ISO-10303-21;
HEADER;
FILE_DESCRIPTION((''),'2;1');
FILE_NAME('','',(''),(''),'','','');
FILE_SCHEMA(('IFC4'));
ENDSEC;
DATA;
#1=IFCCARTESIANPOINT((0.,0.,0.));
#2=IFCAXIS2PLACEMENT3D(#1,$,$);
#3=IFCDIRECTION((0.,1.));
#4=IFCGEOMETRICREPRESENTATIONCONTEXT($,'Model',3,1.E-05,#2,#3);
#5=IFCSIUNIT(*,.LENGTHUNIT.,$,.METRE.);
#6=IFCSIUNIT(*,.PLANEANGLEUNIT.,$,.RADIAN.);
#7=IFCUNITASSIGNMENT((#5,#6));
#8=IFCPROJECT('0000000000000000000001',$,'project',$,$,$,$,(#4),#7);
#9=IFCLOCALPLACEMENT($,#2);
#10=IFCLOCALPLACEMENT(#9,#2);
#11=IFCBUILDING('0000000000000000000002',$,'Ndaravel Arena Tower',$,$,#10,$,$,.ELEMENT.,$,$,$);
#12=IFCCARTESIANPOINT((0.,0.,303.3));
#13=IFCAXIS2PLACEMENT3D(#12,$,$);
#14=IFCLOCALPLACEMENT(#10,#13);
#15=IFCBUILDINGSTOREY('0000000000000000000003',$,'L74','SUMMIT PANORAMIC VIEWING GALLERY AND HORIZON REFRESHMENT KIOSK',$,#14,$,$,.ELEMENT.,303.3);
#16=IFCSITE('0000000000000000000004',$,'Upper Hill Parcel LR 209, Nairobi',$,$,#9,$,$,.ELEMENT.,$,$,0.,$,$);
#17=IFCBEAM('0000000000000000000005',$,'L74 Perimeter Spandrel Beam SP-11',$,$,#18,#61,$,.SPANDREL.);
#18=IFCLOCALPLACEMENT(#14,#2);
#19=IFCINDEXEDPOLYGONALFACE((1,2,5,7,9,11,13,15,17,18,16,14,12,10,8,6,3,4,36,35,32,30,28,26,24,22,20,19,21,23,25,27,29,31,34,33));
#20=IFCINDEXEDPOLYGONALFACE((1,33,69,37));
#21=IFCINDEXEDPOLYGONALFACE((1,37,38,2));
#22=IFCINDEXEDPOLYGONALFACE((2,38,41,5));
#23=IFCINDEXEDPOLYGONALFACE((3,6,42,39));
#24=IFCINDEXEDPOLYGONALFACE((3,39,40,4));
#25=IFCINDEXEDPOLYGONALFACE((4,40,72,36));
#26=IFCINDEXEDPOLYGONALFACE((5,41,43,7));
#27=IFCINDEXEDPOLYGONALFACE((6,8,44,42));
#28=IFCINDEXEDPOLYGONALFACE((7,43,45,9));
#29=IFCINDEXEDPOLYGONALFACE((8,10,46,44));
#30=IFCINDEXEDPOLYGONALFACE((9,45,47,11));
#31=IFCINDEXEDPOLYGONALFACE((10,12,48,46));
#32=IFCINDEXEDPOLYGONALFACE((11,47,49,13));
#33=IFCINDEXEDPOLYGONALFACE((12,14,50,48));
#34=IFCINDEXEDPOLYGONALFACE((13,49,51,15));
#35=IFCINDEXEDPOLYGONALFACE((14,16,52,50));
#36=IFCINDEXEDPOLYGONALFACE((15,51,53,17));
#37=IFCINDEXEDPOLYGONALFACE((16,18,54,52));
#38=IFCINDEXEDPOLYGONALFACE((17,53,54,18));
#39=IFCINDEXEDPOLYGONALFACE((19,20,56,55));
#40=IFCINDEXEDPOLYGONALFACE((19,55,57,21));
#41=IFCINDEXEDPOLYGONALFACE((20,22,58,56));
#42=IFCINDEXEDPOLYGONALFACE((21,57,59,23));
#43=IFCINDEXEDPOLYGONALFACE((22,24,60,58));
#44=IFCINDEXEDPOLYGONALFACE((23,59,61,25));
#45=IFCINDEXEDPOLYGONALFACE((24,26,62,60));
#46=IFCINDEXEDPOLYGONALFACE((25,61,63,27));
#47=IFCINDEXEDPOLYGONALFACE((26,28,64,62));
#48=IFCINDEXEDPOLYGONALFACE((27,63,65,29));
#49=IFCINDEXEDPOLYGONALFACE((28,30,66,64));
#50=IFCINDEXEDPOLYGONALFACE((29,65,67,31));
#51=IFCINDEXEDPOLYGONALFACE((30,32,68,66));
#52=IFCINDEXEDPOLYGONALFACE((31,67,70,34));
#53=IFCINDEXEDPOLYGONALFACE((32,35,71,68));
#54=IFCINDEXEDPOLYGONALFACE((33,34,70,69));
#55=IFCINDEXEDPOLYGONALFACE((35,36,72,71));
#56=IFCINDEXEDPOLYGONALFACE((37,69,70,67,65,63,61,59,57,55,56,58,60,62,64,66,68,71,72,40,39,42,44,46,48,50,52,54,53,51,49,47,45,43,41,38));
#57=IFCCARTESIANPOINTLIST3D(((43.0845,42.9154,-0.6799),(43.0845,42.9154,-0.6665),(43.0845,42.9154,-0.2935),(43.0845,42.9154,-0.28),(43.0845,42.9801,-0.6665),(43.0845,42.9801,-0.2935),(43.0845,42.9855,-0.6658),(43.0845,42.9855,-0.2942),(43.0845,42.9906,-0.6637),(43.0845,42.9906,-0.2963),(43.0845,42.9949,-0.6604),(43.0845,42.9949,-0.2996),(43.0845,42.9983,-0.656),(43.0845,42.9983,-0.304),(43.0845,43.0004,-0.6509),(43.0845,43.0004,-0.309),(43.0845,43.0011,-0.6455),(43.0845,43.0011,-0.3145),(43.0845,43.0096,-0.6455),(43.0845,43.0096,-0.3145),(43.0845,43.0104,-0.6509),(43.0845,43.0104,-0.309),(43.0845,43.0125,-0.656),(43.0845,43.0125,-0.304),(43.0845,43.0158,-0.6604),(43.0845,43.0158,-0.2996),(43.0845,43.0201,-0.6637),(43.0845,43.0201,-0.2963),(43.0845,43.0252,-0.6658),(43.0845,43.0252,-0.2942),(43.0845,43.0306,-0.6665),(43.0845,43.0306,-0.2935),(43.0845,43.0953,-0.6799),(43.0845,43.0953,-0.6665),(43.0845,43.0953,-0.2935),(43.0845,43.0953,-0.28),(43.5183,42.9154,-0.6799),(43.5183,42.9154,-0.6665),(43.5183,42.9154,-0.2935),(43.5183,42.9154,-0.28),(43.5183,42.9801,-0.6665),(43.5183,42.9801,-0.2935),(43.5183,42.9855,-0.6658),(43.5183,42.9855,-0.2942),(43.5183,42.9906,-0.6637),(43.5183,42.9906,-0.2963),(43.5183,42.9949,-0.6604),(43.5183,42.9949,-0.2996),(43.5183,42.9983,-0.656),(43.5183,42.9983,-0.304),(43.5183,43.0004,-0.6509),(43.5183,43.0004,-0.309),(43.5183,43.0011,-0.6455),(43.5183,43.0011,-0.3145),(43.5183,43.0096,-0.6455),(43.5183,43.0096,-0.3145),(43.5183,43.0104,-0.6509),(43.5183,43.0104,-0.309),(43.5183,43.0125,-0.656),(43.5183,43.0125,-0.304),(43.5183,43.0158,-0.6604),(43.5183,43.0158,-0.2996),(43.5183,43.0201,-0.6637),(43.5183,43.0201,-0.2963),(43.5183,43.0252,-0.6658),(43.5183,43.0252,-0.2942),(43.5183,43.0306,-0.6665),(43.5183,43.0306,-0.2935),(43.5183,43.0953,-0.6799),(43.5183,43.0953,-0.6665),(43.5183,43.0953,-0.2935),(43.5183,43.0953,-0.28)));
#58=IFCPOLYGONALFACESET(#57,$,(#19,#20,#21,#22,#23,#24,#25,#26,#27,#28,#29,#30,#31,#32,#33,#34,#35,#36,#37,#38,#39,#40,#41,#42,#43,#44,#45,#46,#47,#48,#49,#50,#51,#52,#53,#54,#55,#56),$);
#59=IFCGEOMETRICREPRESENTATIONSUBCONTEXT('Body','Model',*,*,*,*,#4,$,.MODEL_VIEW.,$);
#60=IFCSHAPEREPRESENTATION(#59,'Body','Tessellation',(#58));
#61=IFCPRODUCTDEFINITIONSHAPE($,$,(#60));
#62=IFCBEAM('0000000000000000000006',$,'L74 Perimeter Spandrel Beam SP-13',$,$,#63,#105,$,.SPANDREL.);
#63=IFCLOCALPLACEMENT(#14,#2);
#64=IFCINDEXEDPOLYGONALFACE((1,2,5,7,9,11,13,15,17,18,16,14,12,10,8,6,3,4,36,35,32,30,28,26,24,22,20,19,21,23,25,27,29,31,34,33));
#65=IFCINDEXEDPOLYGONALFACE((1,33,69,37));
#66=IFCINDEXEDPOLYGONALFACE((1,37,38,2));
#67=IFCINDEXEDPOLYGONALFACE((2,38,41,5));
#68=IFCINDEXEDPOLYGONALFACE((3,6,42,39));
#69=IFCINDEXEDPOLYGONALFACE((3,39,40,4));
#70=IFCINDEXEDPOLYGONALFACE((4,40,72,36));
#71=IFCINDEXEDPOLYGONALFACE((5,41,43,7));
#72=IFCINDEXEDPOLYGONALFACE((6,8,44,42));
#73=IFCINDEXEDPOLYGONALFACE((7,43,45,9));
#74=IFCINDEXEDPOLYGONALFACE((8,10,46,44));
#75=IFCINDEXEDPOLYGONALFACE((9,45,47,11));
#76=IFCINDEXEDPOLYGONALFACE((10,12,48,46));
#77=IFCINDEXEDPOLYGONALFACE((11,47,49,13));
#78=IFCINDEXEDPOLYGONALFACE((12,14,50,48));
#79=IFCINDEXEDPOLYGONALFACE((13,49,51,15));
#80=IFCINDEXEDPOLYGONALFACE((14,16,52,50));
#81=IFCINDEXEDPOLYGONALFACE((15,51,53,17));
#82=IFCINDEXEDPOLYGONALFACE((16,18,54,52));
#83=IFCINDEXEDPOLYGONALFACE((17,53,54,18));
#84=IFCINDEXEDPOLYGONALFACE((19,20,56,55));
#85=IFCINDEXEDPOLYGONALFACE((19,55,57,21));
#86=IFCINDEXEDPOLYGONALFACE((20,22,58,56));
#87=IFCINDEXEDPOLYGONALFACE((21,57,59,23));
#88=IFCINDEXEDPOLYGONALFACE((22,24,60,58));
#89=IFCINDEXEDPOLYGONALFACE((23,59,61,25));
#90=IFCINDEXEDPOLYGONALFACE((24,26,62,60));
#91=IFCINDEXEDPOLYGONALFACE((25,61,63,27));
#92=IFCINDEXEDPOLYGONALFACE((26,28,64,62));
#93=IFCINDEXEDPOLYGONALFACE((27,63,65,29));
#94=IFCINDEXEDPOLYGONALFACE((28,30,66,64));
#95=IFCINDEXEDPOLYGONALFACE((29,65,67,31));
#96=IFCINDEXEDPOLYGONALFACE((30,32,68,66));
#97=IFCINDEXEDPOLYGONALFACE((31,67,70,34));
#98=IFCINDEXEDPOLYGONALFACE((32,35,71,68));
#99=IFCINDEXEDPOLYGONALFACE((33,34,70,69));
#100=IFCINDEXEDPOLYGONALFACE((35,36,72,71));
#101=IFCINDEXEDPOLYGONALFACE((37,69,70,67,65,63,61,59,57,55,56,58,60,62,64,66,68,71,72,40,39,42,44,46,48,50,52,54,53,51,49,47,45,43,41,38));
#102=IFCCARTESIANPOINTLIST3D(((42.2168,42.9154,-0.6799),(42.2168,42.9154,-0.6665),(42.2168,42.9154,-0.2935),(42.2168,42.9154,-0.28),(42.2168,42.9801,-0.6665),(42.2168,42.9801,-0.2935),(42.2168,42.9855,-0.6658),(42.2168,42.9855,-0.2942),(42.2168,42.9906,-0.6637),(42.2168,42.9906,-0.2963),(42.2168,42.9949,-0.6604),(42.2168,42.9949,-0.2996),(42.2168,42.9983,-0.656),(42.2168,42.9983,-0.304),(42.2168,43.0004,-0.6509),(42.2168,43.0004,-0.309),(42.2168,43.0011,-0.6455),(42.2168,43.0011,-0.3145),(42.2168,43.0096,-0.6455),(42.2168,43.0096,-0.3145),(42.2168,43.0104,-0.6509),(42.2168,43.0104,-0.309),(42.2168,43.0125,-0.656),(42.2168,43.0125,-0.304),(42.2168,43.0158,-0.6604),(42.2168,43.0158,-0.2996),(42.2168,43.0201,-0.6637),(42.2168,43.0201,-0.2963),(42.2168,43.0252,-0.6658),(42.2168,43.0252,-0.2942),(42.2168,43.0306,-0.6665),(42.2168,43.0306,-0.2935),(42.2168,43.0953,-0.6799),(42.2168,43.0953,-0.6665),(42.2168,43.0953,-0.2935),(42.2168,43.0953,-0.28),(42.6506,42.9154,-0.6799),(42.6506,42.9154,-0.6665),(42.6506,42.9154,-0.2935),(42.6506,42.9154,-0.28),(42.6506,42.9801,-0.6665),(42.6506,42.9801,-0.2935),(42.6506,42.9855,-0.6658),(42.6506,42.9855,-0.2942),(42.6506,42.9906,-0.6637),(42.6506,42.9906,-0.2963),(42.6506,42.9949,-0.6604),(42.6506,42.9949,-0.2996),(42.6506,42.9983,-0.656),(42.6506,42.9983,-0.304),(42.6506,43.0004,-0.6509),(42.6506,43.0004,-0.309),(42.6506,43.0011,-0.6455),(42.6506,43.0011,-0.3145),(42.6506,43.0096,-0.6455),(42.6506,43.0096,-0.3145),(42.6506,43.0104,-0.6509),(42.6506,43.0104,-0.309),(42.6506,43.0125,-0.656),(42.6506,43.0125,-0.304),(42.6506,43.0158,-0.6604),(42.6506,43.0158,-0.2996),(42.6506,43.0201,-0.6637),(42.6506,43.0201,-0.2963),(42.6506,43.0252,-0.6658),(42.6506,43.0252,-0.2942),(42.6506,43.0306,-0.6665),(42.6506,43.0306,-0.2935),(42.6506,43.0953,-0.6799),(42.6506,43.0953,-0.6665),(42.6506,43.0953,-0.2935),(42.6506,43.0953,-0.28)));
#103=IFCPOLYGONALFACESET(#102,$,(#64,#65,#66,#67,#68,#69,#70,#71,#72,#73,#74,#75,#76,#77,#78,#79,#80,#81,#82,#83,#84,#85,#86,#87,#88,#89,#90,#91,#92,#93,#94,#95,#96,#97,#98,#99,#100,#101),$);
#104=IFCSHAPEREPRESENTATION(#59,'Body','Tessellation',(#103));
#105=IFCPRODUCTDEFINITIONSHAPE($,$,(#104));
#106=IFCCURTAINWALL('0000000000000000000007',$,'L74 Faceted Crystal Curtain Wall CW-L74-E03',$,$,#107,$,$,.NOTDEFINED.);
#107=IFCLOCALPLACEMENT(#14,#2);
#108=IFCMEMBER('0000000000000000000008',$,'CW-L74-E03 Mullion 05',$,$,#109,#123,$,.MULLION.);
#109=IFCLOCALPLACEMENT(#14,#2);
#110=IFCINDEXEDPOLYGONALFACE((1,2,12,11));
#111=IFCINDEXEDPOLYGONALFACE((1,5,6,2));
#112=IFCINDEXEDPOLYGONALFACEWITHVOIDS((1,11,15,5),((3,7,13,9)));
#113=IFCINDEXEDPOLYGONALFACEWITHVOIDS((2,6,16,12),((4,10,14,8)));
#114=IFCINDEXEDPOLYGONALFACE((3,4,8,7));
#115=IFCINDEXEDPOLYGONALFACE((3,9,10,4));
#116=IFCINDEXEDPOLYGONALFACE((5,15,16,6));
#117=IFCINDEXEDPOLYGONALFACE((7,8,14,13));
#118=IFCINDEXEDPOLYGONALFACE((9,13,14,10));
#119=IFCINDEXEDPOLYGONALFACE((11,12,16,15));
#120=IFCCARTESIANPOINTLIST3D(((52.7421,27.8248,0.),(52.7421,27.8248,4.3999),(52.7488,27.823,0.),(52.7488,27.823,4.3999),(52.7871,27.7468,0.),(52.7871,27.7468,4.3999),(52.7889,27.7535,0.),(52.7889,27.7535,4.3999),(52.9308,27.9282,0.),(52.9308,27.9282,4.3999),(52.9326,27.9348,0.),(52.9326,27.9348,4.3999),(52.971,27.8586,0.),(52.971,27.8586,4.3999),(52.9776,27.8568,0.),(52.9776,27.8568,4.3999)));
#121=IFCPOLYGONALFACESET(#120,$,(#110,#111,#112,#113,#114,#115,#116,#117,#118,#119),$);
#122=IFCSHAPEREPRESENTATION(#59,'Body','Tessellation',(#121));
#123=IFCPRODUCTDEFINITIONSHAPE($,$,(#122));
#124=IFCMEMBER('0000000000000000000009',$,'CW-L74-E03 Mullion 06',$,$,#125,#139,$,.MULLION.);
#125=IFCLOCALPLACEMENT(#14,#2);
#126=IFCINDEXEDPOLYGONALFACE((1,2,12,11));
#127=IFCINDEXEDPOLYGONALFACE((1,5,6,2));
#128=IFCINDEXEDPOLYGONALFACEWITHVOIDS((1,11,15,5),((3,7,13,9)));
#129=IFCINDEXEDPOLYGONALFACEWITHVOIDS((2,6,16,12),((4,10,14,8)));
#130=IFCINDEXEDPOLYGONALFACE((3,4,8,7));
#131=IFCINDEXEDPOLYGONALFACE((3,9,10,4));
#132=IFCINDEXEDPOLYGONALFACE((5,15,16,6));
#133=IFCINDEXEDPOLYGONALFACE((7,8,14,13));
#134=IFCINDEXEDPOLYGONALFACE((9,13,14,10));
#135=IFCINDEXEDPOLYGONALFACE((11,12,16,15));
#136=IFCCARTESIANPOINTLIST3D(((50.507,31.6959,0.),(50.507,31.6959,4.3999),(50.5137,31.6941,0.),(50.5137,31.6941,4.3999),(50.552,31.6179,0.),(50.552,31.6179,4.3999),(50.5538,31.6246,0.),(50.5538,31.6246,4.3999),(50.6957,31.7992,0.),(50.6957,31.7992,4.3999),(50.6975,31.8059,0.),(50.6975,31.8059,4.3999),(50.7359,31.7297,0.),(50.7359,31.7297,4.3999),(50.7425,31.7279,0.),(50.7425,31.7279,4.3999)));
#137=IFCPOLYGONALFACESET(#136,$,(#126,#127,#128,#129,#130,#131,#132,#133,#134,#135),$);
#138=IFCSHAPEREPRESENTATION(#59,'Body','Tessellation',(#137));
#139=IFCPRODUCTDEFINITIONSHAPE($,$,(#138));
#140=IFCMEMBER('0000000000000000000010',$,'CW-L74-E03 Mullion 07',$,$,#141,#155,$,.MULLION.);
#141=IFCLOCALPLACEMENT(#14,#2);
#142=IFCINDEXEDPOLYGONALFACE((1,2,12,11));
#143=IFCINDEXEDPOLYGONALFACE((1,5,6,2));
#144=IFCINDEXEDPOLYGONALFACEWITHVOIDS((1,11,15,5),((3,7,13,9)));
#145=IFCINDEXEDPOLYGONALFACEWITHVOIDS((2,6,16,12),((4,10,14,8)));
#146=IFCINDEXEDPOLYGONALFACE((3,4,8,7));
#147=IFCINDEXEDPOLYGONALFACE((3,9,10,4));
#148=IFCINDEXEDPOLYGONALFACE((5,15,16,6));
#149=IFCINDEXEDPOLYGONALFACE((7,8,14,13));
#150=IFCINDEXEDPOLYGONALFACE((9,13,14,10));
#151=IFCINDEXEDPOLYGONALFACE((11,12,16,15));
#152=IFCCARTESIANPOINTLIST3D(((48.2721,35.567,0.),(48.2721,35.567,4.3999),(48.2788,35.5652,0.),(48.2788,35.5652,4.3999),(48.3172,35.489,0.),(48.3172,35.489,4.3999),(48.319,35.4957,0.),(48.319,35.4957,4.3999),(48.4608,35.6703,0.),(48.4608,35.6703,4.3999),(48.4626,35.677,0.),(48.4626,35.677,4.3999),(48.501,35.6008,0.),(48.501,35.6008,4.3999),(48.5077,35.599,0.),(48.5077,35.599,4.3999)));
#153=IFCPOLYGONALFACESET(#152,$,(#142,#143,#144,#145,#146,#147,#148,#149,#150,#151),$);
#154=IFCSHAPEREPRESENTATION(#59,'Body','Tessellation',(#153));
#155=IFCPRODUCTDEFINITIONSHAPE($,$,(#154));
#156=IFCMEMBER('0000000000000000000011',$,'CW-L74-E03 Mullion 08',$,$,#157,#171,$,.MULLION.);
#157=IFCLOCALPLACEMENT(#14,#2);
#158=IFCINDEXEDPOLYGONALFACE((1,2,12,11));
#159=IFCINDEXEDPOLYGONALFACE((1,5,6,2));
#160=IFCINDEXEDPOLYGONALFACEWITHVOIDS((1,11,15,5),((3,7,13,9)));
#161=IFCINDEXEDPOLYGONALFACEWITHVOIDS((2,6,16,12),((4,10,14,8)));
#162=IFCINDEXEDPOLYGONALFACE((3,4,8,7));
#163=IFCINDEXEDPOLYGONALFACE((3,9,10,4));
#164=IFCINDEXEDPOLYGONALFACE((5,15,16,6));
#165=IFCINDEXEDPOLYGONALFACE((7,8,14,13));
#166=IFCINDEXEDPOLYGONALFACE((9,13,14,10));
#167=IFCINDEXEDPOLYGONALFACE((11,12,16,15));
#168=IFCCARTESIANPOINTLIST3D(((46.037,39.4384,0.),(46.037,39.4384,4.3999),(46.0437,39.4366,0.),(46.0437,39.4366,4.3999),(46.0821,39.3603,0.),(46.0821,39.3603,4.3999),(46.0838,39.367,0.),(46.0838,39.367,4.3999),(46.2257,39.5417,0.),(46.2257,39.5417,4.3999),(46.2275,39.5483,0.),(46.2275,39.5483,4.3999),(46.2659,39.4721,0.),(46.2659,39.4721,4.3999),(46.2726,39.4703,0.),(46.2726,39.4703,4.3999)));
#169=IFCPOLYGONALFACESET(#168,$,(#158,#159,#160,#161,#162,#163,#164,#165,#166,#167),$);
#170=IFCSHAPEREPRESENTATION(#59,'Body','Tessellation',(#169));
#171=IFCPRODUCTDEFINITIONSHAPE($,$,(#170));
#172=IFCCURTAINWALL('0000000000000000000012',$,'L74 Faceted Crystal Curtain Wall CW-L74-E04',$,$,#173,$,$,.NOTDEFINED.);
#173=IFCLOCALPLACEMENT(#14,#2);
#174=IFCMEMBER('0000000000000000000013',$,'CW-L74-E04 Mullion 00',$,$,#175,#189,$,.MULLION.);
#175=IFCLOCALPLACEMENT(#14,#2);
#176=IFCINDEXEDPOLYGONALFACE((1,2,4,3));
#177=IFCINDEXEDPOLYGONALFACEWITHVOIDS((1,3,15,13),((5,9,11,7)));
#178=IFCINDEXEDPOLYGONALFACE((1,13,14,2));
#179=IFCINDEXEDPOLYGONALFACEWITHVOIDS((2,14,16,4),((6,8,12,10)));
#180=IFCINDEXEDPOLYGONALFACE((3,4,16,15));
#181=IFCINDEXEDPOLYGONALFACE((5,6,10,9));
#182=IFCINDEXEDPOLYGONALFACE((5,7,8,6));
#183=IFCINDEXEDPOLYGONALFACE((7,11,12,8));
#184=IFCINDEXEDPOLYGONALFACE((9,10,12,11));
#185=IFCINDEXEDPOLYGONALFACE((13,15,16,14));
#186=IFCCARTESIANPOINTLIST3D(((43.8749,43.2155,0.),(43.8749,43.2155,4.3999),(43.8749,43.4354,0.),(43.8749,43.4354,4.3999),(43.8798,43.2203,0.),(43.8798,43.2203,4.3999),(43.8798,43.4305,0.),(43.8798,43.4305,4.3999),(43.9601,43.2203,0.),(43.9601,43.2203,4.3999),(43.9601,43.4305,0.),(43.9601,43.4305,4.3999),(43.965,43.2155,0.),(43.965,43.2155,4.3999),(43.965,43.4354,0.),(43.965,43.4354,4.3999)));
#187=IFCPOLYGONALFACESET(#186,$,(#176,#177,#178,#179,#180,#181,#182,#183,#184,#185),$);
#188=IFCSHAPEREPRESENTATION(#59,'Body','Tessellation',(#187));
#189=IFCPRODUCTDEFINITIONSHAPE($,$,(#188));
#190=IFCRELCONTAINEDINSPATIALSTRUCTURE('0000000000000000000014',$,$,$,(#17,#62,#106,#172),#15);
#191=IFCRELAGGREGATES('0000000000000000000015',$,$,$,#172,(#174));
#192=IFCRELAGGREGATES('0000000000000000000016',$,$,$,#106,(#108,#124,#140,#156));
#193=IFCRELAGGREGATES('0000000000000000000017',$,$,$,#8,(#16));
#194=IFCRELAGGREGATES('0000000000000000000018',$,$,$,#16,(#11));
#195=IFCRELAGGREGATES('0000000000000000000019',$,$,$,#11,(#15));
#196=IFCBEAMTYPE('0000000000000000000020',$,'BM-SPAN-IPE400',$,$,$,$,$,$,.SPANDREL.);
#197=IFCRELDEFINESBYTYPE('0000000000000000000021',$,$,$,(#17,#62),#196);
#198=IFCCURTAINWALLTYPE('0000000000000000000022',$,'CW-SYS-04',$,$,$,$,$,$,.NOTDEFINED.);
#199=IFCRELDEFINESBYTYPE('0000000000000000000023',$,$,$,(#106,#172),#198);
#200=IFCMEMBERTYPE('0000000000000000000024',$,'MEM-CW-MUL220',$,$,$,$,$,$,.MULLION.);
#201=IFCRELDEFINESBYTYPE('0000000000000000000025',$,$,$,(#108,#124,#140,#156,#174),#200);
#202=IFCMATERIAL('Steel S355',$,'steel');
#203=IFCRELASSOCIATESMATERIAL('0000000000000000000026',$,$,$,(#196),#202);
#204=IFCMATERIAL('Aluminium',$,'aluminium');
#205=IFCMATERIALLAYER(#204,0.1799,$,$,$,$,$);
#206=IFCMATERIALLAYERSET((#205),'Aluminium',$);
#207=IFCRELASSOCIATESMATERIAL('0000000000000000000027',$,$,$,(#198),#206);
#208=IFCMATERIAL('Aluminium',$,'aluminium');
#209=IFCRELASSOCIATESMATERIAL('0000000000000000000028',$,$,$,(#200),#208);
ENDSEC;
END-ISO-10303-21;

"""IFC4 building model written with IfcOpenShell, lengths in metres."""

from ifc_helpers import new_model, si_unit, direction, frame, origin, origin_2d, place, context, subcontext, project, spatial, hollow_rectangle, i_section, extrude, material, layer, layer_set, material_profile, profile_set, type_object, element, aggregate, save


model = new_model("IFC4")

# Units and contexts
model_context = context("Model", 3, precision=1e-05, world=origin(), true_north=direction((0.0, 1.0)))
body_context = subcontext(model_context, "Body", "Model", "MODEL_VIEW")
ifc_project = project(units=[si_unit("LENGTHUNIT", "METRE"), si_unit("PLANEANGLEUNIT", "RADIAN")], contexts=[model_context])

# Site, building, storey
site_placement = place(None, origin())
site = spatial("IfcSite", under=ifc_project, at=site_placement, Name="Upper Hill Parcel LR 209, Nairobi", CompositionType="ELEMENT", RefElevation=0.0)
building_placement = place(site_placement, origin())
building = spatial("IfcBuilding", under=site, at=building_placement, Name="Ndaravel Arena Tower", CompositionType="ELEMENT")
storey_placement = place(building_placement, frame((0.0, 0.0, 303.3)))
storey = spatial("IfcBuildingStorey", under=building, at=storey_placement, Name="L74", Description="SUMMIT PANORAMIC VIEWING GALLERY AND HORIZON REFRESHMENT KIOSK", CompositionType="ELEMENT", Elevation=303.3)

# Beams
ifc_material_1 = material(Name="Steel S355", Category="steel")
ifc_material_profile_1 = material_profile(ifc_material_1, i_section(OverallWidth=0.1799, OverallDepth=0.3999, WebThickness=0.0085, FlangeThickness=0.0134, FilletRadius=0.021, at=origin_2d()), Name="IPE 400")
ifc_profile_set_1 = profile_set([ifc_material_profile_1], Name="Steel S355")
beam_type_1 = type_object("IfcBeamType", Name="BM-SPAN-IPE400", PredefinedType="SPANDREL", material=ifc_profile_set_1)
for number, where, z_axis, x_axis, name in (
    (1, (43.5183, 43.0054, -0.48), (-1.0, 0.0, 0.0), (0.0, -1.0, 0.0), "L74 Perimeter Spandrel Beam SP-11"),
    (2, (42.6506, 43.0054, -0.48), (-1.0, 0.0, 0.0), (0.0, -1.0, 0.0), "L74 Perimeter Spandrel Beam SP-13"),
):
    element("IfcBeam", number, at=place(storey_placement, frame(where, z_axis=z_axis, x_axis=x_axis)), inside=storey, type_object=beam_type_1, Name=name, PredefinedType="SPANDREL", context=body_context, shape_type="SweptSolid", body=[
        extrude(i_section(OverallWidth=0.1799, OverallDepth=0.3999, WebThickness=0.0085, FlangeThickness=0.0134, FilletRadius=0.021, at=origin_2d()), origin(), (0.0, 0.0, 1.0), 0.4338),
    ])

# Curtain walls, members
ifc_material_2 = material(Name="Aluminium", Category="aluminium")
ifc_layer_1 = layer(ifc_material_2, 0.1799)
ifc_layer_set_1 = layer_set([ifc_layer_1], Name="Aluminium")
curtain_wall_type = type_object("IfcCurtainWallType", Name="CW-SYS-04", PredefinedType="NOTDEFINED", material=ifc_layer_set_1)
curtain_wall_1_placement = place(storey_placement, origin())
curtain_wall_1 = element("IfcCurtainWall", 3, at=curtain_wall_1_placement, inside=storey, type_object=curtain_wall_type, Name="L74 Faceted Crystal Curtain Wall CW-L74-E03", PredefinedType="NOTDEFINED")
ifc_material_3 = material(Name="Aluminium", Category="aluminium")
ifc_material_profile_2 = material_profile(ifc_material_3, hollow_rectangle(XDim=0.0901, YDim=0.22, WallThickness=0.0049, at=origin_2d()), Name="CW MULLION 90x220x5")
ifc_profile_set_2 = profile_set([ifc_material_profile_2], Name="Aluminium")
member_type_1 = type_object("IfcMemberType", Name="MEM-CW-MUL220", PredefinedType="MULLION", material=ifc_profile_set_2)
member_1_placement = place(storey_placement, frame((52.8599, 27.8408, 0.0), z_axis=(0.0, 0.0, 1.0), x_axis=(-0.5, 0.866025, 0.0)))
member_1 = element("IfcMember", 4, at=member_1_placement, type_object=member_type_1, Name="CW-L74-E03 Mullion 05", PredefinedType="MULLION", context=body_context, shape_type="SweptSolid", body=[
    extrude(hollow_rectangle(XDim=0.0901, YDim=0.22, WallThickness=0.0049, at=origin_2d()), origin(), (0.0, 0.0, 1.0), 4.3999),
])
member_2_placement = place(storey_placement, frame((50.6248, 31.7119, 0.0), z_axis=(0.0, 0.0, 1.0), x_axis=(-0.5, 0.866025, 0.0)))
member_2 = element("IfcMember", 5, at=member_2_placement, type_object=member_type_1, Name="CW-L74-E03 Mullion 06", PredefinedType="MULLION", context=body_context, shape_type="SweptSolid", body=[
    extrude(hollow_rectangle(XDim=0.0901, YDim=0.22, WallThickness=0.0049, at=origin_2d()), origin(), (0.0, 0.0, 1.0), 4.3999),
])
member_3_placement = place(storey_placement, frame((48.3899, 35.583, 0.0), z_axis=(0.0, 0.0, 1.0), x_axis=(-0.5, 0.866025, 0.0)))
member_3 = element("IfcMember", 6, at=member_3_placement, type_object=member_type_1, Name="CW-L74-E03 Mullion 07", PredefinedType="MULLION", context=body_context, shape_type="SweptSolid", body=[
    extrude(hollow_rectangle(XDim=0.0901, YDim=0.22, WallThickness=0.0049, at=origin_2d()), origin(), (0.0, 0.0, 1.0), 4.3999),
])
member_4_placement = place(storey_placement, frame((46.1548, 39.4543, 0.0), z_axis=(0.0, 0.0, 1.0), x_axis=(-0.5, 0.866025, 0.0)))
member_4 = element("IfcMember", 7, at=member_4_placement, type_object=member_type_1, Name="CW-L74-E03 Mullion 08", PredefinedType="MULLION", context=body_context, shape_type="SweptSolid", body=[
    extrude(hollow_rectangle(XDim=0.0901, YDim=0.22, WallThickness=0.0049, at=origin_2d()), origin(), (0.0, 0.0, 1.0), 4.3999),
])
curtain_wall_2_placement = place(storey_placement, origin())
curtain_wall_2 = element("IfcCurtainWall", 8, at=curtain_wall_2_placement, inside=storey, type_object=curtain_wall_type, Name="L74 Faceted Crystal Curtain Wall CW-L74-E04", PredefinedType="NOTDEFINED")
member_5_placement = place(storey_placement, frame((43.9199, 43.3254, 0.0), z_axis=(0.0, 0.0, 1.0), x_axis=(-1.0, 0.0, 0.0)))
member_5 = element("IfcMember", 9, at=member_5_placement, type_object=member_type_1, Name="CW-L74-E04 Mullion 00", PredefinedType="MULLION", context=body_context, shape_type="SweptSolid", body=[
    extrude(hollow_rectangle(XDim=0.0901, YDim=0.22, WallThickness=0.0049, at=origin_2d()), origin(), (0.0, 0.0, 1.0), 4.3999),
])
aggregate(curtain_wall_2, [member_5])

aggregate(curtain_wall_1, [member_1, member_2, member_3, member_4])

save(model, "model.ifc")
